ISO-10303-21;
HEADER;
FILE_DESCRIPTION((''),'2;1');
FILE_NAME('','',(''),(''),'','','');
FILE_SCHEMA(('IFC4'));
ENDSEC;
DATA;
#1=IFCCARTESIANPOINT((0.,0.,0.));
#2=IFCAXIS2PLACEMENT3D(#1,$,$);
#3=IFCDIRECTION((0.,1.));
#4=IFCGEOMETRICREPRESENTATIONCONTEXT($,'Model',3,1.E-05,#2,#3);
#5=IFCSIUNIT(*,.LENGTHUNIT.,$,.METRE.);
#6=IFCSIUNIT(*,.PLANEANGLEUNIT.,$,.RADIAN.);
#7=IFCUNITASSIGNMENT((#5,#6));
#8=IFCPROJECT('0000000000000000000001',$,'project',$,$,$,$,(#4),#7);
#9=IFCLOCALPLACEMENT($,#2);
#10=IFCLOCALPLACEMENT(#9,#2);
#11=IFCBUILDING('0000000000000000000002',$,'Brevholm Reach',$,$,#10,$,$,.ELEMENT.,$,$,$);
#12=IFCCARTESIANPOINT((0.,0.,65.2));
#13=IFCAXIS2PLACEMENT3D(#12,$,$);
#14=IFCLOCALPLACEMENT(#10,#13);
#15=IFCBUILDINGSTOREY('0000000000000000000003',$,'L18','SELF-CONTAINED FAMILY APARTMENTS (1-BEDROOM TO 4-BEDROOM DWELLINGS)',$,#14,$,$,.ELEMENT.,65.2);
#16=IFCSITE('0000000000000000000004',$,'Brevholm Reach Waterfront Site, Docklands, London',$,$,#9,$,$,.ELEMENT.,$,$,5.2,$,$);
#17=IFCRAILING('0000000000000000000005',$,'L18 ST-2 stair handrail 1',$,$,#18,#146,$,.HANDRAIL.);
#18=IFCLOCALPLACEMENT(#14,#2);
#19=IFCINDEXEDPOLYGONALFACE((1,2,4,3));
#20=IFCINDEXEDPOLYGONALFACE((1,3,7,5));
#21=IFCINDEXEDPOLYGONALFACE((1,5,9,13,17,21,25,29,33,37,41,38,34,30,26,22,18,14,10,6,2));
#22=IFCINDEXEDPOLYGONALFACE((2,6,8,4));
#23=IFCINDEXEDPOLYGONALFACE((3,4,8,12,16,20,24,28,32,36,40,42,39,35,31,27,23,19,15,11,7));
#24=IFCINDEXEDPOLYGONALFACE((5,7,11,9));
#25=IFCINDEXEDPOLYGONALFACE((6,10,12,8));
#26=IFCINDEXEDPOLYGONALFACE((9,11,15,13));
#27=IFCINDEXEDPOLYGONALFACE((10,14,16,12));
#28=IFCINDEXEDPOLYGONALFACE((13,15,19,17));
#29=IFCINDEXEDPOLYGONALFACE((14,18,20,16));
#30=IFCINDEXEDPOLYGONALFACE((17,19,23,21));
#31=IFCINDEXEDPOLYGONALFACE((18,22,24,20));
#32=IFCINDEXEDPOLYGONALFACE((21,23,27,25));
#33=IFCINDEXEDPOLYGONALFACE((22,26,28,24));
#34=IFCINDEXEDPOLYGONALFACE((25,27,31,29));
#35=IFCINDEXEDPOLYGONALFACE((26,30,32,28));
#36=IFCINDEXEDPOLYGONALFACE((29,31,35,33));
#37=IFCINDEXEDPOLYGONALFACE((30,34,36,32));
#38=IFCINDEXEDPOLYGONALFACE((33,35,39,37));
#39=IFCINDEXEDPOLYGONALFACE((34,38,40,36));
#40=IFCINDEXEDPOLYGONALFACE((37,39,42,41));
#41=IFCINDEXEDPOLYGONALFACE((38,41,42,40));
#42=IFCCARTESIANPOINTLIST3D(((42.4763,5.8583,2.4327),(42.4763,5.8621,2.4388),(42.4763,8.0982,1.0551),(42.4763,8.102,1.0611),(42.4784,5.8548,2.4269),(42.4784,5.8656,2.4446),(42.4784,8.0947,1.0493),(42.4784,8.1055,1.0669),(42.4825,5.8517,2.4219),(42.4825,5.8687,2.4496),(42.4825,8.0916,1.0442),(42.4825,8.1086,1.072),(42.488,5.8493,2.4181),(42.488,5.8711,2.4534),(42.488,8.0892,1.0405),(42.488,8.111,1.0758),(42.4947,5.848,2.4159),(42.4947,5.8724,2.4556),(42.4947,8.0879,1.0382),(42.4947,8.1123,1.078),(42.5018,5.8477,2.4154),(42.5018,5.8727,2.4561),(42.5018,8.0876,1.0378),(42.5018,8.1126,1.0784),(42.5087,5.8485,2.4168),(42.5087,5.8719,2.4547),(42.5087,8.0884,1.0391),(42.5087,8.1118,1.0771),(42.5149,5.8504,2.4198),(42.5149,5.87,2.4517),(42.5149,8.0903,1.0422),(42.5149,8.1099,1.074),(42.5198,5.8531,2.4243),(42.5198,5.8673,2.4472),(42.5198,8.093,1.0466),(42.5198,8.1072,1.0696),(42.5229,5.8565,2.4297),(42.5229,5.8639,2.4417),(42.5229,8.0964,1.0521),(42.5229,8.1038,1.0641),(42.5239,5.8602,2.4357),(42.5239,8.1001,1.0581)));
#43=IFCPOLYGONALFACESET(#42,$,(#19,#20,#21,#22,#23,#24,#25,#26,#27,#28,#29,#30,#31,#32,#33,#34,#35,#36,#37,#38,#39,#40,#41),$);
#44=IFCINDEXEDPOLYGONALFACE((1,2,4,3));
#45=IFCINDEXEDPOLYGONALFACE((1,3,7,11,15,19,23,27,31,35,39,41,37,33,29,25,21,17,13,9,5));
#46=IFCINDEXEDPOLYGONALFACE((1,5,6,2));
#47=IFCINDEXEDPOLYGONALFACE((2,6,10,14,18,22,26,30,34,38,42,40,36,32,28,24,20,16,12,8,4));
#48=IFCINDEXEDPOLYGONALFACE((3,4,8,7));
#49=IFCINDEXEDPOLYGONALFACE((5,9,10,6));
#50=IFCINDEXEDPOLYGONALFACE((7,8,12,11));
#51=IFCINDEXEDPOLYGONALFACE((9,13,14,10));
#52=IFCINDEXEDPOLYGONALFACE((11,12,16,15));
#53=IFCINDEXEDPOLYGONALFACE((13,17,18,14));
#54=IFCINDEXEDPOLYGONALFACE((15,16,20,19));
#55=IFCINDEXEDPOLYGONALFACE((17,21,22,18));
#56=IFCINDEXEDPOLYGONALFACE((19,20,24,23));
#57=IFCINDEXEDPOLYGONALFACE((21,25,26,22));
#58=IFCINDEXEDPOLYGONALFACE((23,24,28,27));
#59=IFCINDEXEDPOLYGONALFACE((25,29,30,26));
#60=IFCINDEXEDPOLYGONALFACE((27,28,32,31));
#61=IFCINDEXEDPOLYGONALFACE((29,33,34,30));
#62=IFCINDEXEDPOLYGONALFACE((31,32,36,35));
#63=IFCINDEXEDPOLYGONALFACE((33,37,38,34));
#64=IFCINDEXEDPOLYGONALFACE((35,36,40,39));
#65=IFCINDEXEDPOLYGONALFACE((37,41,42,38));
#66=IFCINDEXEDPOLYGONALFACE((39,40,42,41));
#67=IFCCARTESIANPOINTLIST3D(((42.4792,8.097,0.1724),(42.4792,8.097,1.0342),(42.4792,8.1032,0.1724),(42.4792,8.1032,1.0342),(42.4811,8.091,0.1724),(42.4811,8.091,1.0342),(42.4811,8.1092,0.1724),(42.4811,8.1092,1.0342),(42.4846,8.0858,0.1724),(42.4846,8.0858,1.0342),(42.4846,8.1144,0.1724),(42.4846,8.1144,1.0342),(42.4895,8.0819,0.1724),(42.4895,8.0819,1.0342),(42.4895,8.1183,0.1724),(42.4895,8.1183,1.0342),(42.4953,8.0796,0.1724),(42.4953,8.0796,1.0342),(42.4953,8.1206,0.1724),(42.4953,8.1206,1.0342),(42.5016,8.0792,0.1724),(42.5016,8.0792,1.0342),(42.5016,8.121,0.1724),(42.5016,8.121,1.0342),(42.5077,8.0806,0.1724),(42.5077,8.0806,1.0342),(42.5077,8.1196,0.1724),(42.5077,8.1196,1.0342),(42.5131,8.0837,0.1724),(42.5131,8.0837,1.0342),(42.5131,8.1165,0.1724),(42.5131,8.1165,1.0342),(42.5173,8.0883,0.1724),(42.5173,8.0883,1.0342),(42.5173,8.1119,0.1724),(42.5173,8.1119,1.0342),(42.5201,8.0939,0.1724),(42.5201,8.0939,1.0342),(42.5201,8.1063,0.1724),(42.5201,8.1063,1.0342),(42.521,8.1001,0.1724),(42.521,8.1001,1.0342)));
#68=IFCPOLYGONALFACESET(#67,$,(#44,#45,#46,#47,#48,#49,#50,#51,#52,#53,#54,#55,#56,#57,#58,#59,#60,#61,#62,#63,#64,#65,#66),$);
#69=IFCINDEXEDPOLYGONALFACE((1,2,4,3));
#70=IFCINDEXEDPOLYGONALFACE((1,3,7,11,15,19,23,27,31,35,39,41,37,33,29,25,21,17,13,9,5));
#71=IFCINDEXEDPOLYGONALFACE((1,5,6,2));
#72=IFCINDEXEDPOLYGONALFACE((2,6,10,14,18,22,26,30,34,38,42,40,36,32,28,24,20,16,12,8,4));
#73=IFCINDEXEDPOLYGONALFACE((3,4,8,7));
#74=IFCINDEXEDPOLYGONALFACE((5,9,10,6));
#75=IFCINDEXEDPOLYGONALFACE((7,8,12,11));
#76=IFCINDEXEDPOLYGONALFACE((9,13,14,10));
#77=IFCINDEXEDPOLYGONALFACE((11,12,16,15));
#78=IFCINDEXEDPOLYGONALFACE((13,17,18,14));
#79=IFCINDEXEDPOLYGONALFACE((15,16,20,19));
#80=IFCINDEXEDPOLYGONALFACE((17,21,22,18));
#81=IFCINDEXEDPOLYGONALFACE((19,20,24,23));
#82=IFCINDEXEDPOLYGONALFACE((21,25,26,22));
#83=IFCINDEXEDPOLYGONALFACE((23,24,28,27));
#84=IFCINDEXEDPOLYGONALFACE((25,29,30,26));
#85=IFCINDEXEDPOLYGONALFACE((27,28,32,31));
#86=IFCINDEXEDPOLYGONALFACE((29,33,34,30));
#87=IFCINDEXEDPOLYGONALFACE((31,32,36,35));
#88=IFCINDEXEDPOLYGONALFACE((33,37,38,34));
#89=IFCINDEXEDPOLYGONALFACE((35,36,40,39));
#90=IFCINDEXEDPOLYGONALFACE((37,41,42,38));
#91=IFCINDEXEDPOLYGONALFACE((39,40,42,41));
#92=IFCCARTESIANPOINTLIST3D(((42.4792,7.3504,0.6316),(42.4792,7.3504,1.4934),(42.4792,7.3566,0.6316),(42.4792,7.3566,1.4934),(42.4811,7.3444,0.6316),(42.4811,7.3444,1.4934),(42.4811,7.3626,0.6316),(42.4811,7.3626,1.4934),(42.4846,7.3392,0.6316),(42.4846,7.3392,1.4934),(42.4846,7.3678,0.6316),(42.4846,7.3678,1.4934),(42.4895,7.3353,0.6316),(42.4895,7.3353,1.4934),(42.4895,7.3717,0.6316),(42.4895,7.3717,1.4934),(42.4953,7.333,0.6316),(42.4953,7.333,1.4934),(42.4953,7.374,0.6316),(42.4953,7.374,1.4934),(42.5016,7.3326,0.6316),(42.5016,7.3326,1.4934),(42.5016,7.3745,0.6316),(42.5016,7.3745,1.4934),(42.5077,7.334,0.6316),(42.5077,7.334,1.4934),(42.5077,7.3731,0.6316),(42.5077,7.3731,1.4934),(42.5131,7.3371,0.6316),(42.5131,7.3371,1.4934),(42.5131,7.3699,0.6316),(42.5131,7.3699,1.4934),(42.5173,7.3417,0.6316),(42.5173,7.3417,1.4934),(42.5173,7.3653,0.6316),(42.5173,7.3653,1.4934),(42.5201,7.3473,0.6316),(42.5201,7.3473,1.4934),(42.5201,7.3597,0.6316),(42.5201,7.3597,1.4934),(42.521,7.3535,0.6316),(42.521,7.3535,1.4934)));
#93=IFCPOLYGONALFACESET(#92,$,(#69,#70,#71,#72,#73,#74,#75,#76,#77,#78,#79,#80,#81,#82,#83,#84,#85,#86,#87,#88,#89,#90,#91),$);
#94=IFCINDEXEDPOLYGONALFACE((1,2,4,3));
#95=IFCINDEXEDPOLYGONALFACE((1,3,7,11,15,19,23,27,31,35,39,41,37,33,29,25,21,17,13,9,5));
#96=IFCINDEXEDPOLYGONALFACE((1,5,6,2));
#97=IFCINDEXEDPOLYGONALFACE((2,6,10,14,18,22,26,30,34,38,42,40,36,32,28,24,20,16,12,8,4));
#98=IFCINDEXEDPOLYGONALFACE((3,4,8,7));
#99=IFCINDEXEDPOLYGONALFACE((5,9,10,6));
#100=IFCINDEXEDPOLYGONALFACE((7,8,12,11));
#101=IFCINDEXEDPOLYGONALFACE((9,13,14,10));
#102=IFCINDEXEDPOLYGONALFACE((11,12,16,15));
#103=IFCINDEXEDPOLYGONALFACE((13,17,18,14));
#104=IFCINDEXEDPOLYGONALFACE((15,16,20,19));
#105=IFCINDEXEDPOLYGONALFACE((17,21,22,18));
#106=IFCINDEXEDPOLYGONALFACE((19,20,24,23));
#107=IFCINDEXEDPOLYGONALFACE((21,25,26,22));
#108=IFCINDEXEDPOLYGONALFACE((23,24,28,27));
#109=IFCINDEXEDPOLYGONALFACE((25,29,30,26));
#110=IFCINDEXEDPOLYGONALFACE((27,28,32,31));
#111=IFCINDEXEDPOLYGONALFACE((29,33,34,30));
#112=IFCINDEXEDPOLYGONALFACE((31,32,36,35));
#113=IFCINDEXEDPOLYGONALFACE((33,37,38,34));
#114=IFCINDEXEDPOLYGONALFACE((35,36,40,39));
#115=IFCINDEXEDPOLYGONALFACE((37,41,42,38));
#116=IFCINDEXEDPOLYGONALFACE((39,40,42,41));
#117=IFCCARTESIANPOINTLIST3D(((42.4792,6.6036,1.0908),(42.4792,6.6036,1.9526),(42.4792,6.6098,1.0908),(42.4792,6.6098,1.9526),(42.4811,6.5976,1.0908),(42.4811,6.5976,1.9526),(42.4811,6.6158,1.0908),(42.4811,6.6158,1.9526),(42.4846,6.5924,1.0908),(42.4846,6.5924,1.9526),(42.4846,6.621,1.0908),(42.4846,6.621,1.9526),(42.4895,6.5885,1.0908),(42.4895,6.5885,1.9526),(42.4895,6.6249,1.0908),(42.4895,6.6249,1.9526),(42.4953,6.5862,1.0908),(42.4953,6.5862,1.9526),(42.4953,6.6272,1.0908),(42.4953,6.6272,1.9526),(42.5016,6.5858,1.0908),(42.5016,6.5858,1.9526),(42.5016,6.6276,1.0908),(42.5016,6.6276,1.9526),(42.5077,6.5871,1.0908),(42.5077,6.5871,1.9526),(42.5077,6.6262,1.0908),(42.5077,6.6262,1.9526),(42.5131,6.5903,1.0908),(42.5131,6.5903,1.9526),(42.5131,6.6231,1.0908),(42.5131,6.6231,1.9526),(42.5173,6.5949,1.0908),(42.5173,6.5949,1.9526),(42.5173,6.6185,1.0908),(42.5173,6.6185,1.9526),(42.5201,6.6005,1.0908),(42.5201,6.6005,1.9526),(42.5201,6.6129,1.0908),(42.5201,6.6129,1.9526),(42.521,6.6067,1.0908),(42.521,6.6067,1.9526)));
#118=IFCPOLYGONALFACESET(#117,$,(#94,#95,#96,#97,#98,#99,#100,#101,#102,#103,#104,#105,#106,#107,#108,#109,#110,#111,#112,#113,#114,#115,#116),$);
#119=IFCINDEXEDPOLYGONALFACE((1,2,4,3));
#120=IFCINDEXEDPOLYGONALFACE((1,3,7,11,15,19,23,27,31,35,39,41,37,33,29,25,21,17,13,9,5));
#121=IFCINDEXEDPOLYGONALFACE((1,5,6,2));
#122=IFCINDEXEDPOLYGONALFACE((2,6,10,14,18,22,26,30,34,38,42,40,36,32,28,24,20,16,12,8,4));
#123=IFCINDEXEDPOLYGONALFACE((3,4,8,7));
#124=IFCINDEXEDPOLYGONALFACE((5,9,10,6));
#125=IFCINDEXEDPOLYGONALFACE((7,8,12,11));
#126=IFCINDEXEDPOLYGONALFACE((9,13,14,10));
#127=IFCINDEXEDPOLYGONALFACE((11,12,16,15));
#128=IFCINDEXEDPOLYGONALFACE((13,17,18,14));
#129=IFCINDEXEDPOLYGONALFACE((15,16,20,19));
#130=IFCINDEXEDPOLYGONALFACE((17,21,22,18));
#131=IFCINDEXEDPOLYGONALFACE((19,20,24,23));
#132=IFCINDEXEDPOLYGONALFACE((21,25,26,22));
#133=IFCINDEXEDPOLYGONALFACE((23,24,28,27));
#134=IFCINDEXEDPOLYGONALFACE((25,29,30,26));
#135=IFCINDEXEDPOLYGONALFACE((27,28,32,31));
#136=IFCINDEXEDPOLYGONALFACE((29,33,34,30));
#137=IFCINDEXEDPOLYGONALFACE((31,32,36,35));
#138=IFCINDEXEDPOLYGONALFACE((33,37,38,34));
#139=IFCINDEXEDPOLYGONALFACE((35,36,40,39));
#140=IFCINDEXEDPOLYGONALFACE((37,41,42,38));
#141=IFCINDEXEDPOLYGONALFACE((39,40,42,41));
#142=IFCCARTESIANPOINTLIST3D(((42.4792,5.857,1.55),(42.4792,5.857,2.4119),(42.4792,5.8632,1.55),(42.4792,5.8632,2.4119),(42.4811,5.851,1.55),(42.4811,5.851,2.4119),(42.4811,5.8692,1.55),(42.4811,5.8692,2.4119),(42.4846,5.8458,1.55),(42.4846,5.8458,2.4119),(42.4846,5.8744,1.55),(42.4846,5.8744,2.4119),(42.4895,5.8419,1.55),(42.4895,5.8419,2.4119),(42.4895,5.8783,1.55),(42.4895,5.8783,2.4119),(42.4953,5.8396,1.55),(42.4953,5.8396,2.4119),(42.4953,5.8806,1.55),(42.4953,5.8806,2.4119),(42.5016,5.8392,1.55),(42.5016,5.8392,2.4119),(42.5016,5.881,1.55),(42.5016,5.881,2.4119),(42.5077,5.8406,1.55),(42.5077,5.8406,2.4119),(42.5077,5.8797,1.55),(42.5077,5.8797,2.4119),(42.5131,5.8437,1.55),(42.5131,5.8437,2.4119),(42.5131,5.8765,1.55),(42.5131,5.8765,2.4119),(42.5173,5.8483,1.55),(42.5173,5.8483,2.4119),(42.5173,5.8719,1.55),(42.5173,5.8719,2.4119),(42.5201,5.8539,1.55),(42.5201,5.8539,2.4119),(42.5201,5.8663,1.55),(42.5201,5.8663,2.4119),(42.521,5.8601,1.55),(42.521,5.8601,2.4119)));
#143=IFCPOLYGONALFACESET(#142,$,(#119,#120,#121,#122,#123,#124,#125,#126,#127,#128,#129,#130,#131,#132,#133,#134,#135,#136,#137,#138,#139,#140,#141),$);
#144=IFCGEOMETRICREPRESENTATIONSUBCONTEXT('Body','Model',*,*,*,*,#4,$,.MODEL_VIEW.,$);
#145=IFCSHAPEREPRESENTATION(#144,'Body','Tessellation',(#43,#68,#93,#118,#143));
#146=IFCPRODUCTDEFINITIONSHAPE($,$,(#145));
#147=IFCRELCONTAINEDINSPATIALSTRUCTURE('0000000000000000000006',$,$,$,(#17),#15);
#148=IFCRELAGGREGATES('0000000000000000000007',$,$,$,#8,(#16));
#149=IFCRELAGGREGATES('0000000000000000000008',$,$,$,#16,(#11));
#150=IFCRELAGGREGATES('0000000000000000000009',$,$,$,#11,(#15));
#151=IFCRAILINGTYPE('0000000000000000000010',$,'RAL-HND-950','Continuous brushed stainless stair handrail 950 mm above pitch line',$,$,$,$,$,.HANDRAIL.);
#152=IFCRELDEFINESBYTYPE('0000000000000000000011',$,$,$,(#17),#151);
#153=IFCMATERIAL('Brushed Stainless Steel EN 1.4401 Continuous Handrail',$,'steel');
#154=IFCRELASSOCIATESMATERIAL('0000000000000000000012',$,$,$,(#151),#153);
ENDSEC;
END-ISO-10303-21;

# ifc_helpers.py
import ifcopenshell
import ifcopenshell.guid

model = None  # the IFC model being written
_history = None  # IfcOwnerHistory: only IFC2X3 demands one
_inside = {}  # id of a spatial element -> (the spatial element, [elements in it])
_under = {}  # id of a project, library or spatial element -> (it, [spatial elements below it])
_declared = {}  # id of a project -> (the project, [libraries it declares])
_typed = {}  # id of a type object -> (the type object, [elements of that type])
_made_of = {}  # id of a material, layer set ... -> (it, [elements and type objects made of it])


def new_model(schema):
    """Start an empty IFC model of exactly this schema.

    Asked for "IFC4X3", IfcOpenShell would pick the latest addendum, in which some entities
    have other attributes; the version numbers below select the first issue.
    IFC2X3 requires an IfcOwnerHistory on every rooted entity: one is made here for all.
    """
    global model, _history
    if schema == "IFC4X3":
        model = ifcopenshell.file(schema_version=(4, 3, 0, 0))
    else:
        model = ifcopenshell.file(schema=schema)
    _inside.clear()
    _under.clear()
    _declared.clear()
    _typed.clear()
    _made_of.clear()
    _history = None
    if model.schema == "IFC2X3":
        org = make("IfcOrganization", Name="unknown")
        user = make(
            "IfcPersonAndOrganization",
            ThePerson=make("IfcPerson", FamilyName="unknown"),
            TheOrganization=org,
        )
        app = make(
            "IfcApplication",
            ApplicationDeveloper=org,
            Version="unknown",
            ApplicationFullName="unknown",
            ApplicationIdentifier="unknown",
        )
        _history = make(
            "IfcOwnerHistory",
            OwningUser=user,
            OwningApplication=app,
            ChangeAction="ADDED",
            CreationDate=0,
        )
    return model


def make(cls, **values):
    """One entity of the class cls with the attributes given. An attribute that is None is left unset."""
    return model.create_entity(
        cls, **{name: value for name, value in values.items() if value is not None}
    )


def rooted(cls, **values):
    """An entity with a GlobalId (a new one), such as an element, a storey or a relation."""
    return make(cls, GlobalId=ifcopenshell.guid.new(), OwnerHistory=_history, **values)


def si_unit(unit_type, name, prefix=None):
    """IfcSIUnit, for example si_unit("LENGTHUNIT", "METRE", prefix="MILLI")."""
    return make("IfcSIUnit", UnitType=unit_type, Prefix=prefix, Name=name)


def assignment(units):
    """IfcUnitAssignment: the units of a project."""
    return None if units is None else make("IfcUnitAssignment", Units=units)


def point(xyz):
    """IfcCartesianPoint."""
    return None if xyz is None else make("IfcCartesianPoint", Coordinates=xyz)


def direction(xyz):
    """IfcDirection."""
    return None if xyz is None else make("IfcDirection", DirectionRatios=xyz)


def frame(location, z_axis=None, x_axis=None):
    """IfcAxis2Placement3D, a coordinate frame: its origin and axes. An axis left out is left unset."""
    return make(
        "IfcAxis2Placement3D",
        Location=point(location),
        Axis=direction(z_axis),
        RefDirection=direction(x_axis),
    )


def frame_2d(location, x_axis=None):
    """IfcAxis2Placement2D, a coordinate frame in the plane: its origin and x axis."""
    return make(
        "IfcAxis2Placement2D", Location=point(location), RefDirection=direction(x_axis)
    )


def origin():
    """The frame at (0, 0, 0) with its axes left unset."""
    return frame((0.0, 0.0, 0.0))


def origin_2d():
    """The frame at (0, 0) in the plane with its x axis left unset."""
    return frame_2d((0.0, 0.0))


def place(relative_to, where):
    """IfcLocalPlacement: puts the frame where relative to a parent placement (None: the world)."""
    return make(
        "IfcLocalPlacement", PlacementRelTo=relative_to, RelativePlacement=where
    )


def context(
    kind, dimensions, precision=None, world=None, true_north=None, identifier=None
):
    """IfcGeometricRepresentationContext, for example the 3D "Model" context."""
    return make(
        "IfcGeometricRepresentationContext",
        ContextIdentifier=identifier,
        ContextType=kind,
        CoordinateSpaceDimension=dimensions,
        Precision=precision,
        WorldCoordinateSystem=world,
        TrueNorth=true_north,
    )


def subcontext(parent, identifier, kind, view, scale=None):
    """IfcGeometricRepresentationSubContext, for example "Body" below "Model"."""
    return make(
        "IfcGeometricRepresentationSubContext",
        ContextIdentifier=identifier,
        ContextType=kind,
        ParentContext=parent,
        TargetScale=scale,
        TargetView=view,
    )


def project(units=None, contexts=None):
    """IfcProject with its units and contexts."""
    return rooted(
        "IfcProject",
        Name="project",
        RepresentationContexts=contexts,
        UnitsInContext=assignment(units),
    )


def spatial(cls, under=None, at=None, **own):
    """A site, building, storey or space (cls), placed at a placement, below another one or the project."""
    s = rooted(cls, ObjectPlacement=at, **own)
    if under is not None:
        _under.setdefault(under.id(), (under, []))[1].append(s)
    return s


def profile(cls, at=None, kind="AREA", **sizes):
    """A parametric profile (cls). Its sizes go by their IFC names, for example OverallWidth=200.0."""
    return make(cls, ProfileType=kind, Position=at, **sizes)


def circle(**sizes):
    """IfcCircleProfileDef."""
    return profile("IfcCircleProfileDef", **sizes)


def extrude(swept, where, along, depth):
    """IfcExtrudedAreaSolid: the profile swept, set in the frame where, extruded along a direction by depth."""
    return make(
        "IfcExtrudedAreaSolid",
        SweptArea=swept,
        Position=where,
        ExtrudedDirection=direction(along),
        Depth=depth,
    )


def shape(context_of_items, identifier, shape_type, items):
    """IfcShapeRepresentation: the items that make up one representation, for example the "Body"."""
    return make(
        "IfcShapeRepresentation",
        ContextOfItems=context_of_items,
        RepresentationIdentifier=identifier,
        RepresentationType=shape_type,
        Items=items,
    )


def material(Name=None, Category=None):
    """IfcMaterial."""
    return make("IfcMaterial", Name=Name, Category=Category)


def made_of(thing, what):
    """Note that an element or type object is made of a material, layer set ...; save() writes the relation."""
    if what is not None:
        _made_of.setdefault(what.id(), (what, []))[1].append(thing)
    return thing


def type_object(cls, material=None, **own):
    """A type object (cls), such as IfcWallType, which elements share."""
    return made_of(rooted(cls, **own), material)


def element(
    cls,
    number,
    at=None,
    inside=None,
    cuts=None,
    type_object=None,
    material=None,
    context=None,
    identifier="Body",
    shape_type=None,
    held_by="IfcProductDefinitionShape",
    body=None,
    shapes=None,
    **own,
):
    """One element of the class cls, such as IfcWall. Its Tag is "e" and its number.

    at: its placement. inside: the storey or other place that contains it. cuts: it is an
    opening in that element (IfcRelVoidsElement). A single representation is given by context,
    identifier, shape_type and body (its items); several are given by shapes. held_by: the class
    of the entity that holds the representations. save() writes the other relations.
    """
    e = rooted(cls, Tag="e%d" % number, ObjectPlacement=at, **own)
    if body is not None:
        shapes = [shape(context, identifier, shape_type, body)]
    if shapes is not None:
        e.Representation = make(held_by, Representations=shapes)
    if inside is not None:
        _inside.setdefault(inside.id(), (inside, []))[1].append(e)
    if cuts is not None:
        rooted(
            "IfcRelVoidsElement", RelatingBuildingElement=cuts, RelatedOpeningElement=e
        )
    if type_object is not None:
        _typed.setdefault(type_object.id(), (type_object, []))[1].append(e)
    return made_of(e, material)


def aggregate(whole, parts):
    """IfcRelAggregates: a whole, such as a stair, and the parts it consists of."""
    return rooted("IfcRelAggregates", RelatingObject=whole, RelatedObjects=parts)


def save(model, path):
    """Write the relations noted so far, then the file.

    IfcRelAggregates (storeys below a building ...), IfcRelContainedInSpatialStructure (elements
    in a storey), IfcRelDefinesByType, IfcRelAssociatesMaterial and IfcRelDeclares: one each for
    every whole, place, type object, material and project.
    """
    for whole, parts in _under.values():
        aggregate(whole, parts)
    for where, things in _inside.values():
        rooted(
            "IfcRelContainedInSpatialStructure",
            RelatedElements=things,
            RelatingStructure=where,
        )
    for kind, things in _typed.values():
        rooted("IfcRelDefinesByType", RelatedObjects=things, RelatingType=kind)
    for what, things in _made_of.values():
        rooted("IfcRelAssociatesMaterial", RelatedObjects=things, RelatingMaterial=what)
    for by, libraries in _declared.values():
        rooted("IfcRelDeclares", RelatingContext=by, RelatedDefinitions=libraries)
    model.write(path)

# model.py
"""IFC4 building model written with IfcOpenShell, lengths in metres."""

from ifc_helpers import new_model, si_unit, direction, frame, origin, origin_2d, place, context, subcontext, project, spatial, circle, extrude, material, type_object, element, save


model = new_model("IFC4")

# Units and contexts
model_context = context("Model", 3, precision=1e-05, world=origin(), true_north=direction((0.0, 1.0)))
body_context = subcontext(model_context, "Body", "Model", "MODEL_VIEW")
ifc_project = project(units=[si_unit("LENGTHUNIT", "METRE"), si_unit("PLANEANGLEUNIT", "RADIAN")], contexts=[model_context])

# Site, building, storey
site_placement = place(None, origin())
site = spatial("IfcSite", under=ifc_project, at=site_placement, Name="Brevholm Reach Waterfront Site, Docklands, London", CompositionType="ELEMENT", RefElevation=5.2)
building_placement = place(site_placement, origin())
building = spatial("IfcBuilding", under=site, at=building_placement, Name="Brevholm Reach", CompositionType="ELEMENT")
storey_placement = place(building_placement, frame((0.0, 0.0, 65.2)))
storey = spatial("IfcBuildingStorey", under=building, at=storey_placement, Name="L18", Description="SELF-CONTAINED FAMILY APARTMENTS (1-BEDROOM TO 4-BEDROOM DWELLINGS)", CompositionType="ELEMENT", Elevation=65.2)

# Railing
ifc_material_1 = material(Name="Brushed Stainless Steel EN 1.4401 Continuous Handrail", Category="steel")
railing_type_1 = type_object("IfcRailingType", Name="RAL-HND-950", Description="Continuous brushed stainless stair handrail 950 mm above pitch line", PredefinedType="HANDRAIL", material=ifc_material_1)
railing_1_placement = place(storey_placement, frame((42.5, 8.1001, 0.1724)))
element("IfcRailing", 1, at=railing_1_placement, inside=storey, type_object=railing_type_1, Name="L18 ST-2 stair handrail 1", PredefinedType="HANDRAIL", context=body_context, shape_type="SweptSolid", body=[
    extrude(circle(Radius=0.0239, at=origin_2d()), frame((0.0, 0.0, 0.8857), z_axis=(0.0, -0.851789, 0.523885), x_axis=(1.0, 0.0, 0.0)), (0.0, 0.0, 1.0), 2.6296),
    extrude(circle(Radius=0.021, at=origin_2d()), origin(), (0.0, 0.0, 1.0), 0.8618),
    extrude(circle(Radius=0.021, at=origin_2d()), frame((0.0, -0.7466, 0.4592)), (0.0, 0.0, 1.0), 0.8618),
    extrude(circle(Radius=0.021, at=origin_2d()), frame((0.0, -1.4934, 0.9185)), (0.0, 0.0, 1.0), 0.8618),
    extrude(circle(Radius=0.021, at=origin_2d()), frame((0.0, -2.24, 1.3777)), (0.0, 0.0, 1.0), 0.8618),
])

save(model, "model.ifc")
